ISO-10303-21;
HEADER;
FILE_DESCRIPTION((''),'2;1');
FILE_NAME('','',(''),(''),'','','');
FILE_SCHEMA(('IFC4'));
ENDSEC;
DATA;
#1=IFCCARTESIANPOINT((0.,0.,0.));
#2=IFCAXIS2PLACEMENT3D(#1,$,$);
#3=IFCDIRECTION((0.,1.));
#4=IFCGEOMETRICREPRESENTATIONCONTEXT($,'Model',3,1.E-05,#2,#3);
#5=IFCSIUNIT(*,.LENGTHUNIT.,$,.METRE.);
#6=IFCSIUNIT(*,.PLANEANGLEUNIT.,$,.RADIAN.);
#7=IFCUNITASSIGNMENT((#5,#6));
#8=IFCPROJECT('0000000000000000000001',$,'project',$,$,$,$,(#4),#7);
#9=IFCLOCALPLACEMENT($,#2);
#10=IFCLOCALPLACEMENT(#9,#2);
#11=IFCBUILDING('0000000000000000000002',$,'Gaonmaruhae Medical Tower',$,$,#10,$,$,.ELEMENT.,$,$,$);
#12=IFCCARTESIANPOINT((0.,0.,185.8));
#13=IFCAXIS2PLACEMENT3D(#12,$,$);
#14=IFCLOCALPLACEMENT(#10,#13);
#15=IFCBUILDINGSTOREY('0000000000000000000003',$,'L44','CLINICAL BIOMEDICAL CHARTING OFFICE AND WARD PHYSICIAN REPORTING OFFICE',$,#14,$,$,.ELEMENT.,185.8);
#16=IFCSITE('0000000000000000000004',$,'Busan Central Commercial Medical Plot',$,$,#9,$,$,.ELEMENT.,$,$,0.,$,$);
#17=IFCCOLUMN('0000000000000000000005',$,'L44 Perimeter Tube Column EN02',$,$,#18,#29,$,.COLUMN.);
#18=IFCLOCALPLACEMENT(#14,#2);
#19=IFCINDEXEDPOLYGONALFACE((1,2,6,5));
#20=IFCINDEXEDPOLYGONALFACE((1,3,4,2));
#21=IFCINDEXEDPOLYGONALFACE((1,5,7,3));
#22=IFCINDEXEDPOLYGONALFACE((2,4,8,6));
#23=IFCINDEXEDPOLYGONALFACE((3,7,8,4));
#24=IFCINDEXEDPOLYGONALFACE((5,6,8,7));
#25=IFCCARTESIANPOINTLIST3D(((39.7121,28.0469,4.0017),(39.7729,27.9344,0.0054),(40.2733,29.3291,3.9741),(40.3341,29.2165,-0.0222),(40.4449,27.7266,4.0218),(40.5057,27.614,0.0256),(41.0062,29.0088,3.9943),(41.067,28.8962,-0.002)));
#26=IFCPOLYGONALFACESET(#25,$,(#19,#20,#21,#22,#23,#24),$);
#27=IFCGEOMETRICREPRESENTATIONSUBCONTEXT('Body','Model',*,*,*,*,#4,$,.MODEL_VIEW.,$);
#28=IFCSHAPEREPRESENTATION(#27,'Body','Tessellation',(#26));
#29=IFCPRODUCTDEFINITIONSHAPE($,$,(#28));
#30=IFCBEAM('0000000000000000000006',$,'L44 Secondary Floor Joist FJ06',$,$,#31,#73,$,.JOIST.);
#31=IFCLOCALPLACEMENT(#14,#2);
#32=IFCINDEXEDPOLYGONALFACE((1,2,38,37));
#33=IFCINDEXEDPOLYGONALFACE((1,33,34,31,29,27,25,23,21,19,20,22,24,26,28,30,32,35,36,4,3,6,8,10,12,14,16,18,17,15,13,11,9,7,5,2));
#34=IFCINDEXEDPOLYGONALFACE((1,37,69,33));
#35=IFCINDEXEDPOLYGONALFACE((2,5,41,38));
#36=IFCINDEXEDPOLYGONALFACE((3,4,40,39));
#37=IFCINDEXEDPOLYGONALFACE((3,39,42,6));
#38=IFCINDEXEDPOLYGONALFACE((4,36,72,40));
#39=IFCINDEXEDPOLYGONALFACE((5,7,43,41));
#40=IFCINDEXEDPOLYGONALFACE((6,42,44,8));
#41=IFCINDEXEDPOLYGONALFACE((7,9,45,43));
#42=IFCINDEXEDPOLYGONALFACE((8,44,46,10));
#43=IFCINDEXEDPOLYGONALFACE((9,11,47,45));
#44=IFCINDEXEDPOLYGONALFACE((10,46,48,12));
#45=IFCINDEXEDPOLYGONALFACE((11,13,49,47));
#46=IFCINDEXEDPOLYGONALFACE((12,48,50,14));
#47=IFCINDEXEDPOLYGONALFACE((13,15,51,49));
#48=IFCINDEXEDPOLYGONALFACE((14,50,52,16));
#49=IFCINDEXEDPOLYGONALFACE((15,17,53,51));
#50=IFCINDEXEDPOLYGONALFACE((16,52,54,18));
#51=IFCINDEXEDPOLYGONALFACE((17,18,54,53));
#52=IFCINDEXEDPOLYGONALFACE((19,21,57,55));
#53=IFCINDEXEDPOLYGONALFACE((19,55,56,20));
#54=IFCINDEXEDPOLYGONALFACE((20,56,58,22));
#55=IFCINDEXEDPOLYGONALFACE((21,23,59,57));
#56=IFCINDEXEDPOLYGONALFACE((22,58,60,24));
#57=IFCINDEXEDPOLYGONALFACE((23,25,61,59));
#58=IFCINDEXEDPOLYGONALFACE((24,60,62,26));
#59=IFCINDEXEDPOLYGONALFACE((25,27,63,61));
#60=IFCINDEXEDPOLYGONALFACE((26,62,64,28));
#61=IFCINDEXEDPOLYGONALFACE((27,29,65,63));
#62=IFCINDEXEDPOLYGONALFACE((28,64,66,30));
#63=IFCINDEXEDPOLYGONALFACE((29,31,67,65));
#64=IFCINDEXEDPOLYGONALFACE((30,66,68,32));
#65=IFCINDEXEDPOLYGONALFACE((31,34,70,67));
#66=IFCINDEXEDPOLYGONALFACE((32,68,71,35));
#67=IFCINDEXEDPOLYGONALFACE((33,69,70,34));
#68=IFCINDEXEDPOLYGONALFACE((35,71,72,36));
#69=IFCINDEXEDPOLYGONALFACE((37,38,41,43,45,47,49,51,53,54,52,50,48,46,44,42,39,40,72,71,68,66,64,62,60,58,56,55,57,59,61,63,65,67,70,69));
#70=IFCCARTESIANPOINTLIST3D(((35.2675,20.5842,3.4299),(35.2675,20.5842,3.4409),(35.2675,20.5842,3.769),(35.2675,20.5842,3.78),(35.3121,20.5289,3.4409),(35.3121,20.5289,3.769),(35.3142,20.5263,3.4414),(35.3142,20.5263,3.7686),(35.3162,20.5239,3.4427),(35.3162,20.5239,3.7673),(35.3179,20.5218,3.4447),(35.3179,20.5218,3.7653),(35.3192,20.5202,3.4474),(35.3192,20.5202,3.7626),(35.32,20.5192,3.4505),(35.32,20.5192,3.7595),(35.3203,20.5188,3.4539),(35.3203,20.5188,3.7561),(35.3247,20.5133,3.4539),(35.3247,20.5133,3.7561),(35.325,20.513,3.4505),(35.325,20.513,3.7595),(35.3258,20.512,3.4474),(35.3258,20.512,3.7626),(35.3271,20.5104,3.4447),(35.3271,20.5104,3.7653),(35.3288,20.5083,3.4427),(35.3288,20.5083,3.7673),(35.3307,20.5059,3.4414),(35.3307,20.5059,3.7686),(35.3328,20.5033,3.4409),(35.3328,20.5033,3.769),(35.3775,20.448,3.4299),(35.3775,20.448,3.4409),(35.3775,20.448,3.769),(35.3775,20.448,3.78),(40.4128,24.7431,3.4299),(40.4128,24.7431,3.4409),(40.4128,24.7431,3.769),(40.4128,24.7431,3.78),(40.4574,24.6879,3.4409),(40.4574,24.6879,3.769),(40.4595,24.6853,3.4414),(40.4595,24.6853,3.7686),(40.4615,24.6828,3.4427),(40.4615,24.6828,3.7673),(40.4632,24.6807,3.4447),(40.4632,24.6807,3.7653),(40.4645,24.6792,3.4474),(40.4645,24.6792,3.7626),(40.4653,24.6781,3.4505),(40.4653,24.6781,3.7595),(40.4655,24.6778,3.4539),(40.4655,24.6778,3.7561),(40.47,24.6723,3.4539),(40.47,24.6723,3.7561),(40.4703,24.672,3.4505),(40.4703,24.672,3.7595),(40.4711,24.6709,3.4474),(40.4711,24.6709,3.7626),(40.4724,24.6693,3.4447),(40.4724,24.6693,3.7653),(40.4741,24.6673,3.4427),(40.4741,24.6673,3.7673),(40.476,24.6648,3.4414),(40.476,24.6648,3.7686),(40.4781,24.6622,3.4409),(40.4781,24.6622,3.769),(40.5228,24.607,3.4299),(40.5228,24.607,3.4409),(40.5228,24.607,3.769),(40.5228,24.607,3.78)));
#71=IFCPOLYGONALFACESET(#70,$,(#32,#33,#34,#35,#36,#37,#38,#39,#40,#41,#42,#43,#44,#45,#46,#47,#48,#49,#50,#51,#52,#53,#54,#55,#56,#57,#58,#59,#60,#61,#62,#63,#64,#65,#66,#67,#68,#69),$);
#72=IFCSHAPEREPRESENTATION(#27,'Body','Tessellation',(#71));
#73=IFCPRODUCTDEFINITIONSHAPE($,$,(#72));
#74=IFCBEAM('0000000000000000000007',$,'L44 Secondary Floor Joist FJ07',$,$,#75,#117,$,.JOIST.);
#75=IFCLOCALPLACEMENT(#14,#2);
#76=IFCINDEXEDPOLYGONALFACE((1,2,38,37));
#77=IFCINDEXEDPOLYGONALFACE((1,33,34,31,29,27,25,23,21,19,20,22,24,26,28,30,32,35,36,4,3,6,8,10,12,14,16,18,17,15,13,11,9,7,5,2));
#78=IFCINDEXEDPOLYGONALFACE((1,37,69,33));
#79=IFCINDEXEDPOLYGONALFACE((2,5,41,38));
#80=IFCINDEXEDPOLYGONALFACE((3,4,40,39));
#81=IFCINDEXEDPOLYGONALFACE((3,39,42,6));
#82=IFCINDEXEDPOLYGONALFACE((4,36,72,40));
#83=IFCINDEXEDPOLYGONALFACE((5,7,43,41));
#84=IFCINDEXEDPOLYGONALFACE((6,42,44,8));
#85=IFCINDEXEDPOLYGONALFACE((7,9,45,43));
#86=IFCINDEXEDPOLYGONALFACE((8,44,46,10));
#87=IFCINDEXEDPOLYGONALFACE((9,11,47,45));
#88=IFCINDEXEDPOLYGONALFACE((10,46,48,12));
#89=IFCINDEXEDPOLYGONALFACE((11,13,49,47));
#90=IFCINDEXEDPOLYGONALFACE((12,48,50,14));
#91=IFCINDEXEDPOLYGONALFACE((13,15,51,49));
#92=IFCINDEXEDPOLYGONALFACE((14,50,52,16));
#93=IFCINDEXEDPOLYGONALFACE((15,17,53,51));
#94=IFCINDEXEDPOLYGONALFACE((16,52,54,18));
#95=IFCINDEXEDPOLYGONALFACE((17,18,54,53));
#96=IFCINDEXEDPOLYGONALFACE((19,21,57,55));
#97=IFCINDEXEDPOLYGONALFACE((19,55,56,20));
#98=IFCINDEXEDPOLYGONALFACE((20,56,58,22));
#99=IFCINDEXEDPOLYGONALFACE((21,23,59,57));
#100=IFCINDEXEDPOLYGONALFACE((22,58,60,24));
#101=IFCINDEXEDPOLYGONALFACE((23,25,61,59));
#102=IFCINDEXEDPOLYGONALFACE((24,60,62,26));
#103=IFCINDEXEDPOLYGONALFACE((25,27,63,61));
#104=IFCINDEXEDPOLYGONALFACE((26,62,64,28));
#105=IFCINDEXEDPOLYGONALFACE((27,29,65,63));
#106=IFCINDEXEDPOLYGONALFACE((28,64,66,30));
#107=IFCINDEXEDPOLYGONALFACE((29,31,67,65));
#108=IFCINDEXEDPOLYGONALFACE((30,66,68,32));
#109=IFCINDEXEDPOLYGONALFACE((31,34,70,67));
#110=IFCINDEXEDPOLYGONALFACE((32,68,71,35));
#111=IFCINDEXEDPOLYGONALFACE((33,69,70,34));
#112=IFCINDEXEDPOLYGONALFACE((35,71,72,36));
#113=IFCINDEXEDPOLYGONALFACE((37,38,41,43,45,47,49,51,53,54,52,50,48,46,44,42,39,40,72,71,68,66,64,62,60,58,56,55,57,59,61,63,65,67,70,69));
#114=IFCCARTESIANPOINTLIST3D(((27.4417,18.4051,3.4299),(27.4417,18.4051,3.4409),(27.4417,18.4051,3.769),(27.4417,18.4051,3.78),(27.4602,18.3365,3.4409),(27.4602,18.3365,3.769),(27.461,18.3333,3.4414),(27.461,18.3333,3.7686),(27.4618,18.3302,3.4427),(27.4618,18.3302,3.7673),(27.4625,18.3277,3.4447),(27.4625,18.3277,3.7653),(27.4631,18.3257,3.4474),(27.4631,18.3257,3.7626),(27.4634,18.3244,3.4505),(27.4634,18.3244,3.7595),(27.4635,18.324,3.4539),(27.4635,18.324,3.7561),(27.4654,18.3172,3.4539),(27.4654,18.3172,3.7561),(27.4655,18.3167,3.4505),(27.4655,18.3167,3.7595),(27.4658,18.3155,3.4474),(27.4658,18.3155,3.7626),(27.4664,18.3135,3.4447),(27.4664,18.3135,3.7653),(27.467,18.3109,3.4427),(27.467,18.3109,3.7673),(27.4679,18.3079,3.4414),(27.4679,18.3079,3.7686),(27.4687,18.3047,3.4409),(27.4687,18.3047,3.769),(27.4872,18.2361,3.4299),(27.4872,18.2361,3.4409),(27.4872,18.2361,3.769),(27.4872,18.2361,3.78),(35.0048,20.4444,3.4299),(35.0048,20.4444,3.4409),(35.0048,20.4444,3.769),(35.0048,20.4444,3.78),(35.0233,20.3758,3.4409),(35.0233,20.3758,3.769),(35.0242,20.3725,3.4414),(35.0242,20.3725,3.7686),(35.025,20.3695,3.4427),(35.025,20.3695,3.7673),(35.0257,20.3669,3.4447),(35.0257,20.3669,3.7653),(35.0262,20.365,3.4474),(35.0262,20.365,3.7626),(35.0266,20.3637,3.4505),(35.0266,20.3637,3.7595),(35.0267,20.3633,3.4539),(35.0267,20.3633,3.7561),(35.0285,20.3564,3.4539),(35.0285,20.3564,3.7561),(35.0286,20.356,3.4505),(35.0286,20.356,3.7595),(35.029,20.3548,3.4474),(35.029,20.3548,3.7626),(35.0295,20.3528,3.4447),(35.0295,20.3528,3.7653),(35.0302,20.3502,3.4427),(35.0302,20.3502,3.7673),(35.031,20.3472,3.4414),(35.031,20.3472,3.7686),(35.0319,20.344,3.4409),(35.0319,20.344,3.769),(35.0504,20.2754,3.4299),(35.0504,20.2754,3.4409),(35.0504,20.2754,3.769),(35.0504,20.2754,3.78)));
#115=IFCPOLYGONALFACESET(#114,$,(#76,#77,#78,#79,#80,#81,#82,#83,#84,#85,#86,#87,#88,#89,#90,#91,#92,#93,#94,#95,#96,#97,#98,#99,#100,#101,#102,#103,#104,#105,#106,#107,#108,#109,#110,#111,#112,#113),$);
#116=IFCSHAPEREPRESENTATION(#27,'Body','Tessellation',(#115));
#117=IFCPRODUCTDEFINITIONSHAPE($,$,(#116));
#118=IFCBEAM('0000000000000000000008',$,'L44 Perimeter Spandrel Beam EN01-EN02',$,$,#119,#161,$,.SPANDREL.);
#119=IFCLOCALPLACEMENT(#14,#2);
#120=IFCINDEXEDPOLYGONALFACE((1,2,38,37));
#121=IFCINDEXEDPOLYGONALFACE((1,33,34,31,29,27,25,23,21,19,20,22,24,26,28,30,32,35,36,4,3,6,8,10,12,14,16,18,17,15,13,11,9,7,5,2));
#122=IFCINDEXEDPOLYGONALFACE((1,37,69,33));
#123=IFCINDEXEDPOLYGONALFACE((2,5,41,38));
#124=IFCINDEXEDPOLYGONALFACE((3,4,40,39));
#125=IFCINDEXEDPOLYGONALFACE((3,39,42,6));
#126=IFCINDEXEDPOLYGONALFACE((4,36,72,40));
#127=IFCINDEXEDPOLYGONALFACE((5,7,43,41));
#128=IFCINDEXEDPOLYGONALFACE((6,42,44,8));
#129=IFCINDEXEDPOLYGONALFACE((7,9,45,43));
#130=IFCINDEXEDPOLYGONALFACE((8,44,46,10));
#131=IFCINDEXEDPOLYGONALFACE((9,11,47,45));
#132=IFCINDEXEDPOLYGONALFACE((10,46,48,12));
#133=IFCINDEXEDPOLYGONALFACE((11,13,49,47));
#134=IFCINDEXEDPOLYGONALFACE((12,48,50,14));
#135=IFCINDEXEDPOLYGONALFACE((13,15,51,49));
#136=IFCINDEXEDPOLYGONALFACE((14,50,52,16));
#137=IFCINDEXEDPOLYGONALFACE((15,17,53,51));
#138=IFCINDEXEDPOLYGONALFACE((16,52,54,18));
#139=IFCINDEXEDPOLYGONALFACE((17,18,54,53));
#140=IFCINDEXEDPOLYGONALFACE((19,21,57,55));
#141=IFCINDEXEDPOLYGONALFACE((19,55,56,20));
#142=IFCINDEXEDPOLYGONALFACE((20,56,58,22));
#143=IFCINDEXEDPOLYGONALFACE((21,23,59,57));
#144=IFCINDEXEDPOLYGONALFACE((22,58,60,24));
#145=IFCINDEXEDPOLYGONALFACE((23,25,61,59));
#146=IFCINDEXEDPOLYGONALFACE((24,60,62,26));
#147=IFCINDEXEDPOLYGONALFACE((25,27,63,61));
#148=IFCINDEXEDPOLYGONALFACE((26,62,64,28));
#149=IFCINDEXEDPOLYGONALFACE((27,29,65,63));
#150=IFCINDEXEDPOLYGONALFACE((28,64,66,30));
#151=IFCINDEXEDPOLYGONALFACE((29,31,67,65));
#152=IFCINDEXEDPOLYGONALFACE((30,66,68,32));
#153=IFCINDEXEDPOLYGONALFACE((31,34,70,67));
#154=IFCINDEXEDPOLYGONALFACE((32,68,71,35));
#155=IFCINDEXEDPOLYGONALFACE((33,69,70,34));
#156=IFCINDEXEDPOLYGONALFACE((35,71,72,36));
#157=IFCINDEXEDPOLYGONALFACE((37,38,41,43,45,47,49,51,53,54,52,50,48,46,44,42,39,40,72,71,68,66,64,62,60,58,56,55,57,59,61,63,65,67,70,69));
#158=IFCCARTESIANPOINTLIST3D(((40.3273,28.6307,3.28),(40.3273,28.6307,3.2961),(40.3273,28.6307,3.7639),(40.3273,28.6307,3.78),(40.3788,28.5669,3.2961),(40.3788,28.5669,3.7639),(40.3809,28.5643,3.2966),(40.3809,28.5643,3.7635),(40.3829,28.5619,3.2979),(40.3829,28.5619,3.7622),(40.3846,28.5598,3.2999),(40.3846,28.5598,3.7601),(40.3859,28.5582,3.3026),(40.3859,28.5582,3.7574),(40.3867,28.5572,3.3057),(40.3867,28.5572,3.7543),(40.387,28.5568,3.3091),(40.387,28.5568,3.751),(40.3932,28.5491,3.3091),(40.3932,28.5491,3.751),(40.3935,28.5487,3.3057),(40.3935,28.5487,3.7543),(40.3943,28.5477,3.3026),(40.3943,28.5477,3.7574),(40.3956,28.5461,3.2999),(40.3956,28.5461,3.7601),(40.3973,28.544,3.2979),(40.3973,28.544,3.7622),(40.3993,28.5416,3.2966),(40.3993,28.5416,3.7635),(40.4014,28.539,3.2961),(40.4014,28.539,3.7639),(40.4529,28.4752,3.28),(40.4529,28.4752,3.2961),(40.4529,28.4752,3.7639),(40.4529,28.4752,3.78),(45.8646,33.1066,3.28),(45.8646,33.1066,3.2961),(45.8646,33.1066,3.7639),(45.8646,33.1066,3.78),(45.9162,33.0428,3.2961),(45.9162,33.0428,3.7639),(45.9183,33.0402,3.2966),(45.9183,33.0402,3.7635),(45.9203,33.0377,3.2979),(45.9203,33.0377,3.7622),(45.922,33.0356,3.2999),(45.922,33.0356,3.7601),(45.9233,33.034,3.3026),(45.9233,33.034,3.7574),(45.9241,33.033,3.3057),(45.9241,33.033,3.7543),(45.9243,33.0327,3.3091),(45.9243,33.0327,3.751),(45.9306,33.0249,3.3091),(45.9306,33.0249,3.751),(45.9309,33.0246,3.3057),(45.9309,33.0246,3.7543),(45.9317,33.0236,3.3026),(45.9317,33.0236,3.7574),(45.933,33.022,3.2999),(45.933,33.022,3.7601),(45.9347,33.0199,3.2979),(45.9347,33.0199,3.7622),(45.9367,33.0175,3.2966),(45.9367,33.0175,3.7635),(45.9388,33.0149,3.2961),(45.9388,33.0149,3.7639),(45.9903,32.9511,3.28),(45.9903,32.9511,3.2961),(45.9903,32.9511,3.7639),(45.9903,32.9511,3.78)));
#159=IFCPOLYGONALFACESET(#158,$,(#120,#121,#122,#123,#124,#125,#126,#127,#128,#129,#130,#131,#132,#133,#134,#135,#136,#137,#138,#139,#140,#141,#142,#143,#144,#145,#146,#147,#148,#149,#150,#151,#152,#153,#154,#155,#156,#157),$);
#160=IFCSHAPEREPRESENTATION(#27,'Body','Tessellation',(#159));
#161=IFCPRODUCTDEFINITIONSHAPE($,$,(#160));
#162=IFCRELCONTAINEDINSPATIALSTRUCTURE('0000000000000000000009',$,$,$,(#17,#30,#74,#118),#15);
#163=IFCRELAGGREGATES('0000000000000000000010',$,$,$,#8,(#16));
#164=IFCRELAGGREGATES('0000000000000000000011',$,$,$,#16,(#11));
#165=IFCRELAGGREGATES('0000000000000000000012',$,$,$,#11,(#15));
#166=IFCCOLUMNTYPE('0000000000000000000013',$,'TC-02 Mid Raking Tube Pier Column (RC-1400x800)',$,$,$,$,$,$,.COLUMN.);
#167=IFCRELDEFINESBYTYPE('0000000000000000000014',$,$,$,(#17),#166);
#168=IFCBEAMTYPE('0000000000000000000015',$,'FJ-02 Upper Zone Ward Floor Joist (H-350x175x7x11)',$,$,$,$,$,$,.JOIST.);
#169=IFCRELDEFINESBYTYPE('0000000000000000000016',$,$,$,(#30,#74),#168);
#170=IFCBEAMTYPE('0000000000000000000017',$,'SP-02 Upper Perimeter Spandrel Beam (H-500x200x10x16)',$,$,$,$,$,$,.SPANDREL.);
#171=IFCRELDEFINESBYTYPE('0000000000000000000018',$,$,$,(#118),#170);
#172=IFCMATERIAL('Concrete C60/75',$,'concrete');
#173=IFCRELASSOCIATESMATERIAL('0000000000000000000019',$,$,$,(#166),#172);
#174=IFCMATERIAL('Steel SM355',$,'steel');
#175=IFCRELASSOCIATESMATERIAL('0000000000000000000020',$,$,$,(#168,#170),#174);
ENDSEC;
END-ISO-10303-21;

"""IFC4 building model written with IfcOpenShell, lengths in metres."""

from ifc_helpers import new_model, si_unit, direction, frame, origin, origin_2d, place, context, subcontext, project, spatial, rectangle, i_section, extrude, material, material_profile, profile_set, type_object, element, save


model = new_model("IFC4")

# Units and contexts
model_context = context("Model", 3, precision=1e-05, world=origin(), true_north=direction((0.0, 1.0)))
body_context = subcontext(model_context, "Body", "Model", "MODEL_VIEW")
ifc_project = project(units=[si_unit("LENGTHUNIT", "METRE"), si_unit("PLANEANGLEUNIT", "RADIAN")], contexts=[model_context])

# Site, building, storey
site_placement = place(None, origin())
site = spatial("IfcSite", under=ifc_project, at=site_placement, Name="Busan Central Commercial Medical Plot", CompositionType="ELEMENT", RefElevation=0.0)
building_placement = place(site_placement, origin())
building = spatial("IfcBuilding", under=site, at=building_placement, Name="Gaonmaruhae Medical Tower", CompositionType="ELEMENT")
storey_placement = place(building_placement, frame((0.0, 0.0, 185.8)))
storey = spatial("IfcBuildingStorey", under=building, at=storey_placement, Name="L44", Description="CLINICAL BIOMEDICAL CHARTING OFFICE AND WARD PHYSICIAN REPORTING OFFICE", CompositionType="ELEMENT", Elevation=185.8)

# Column
ifc_material_1 = material(Name="Concrete C60/75", Category="concrete")
ifc_material_profile_1 = material_profile(ifc_material_1, rectangle(XDim=1.3999, YDim=0.8, at=origin_2d()), Name="RC-1400x800")
ifc_profile_set_1 = profile_set([ifc_material_profile_1], Name="Concrete C60/75")
column_type = type_object("IfcColumnType", Name="TC-02 Mid Raking Tube Pier Column (RC-1400x800)", PredefinedType="COLUMN", material=ifc_profile_set_1)
column_placement = place(storey_placement, frame((40.4199, 28.4153, 0.0017), z_axis=(-0.015204, 0.028149, 0.999488), x_axis=(-0.400901, -0.915909, 0.019696)))
element("IfcColumn", 1, at=column_placement, inside=storey, type_object=column_type, Name="L44 Perimeter Tube Column EN02", PredefinedType="COLUMN", context=body_context, shape_type="SweptSolid", body=[
    extrude(rectangle(XDim=1.3999, YDim=0.8, at=origin_2d()), origin(), (0.0, 0.0, 1.0), 3.9983),
])

# Beams
ifc_material_2 = material(Name="Steel SM355", Category="steel")
ifc_material_profile_2 = material_profile(ifc_material_2, i_section(OverallWidth=0.175, OverallDepth=0.3501, WebThickness=0.0071, FlangeThickness=0.011, FilletRadius=0.0129, at=origin_2d()), Name="H-350x175x7x11")
ifc_profile_set_2 = profile_set([ifc_material_profile_2], Name="Steel SM355")
beam_type_1 = type_object("IfcBeamType", Name="FJ-02 Upper Zone Ward Floor Joist (H-350x175x7x11)", PredefinedType="JOIST", material=ifc_profile_set_2)
beam_1_placement = place(storey_placement, frame((40.4678, 24.675, 3.605), z_axis=(-0.777709, -0.628625, 0.0), x_axis=(0.628625, -0.777709, 0.0)))
element("IfcBeam", 2, at=beam_1_placement, inside=storey, type_object=beam_type_1, Name="L44 Secondary Floor Joist FJ06", PredefinedType="JOIST", context=body_context, shape_type="SweptSolid", body=[
    extrude(i_section(OverallWidth=0.175, OverallDepth=0.3501, WebThickness=0.0071, FlangeThickness=0.011, FilletRadius=0.0129, at=origin_2d()), origin(), (0.0, 0.0, 1.0), 6.616),
])
beam_2_placement = place(storey_placement, frame((35.0276, 20.3599, 3.605), z_axis=(-0.965518, -0.260337, 0.0), x_axis=(0.260337, -0.965518, 0.0)))
element("IfcBeam", 3, at=beam_2_placement, inside=storey, type_object=beam_type_1, Name="L44 Secondary Floor Joist FJ07", PredefinedType="JOIST", context=body_context, shape_type="SweptSolid", body=[
    extrude(i_section(OverallWidth=0.175, OverallDepth=0.3501, WebThickness=0.0071, FlangeThickness=0.011, FilletRadius=0.0129, at=origin_2d()), origin(), (0.0, 0.0, 1.0), 7.8333),
])
ifc_material_profile_3 = material_profile(ifc_material_2, i_section(OverallWidth=0.2, OverallDepth=0.5, WebThickness=0.01, FlangeThickness=0.0161, FilletRadius=0.0129, at=origin_2d()), Name="H-500x200x10x16")
ifc_profile_set_3 = profile_set([ifc_material_profile_3], Name="Steel SM355")
beam_type_2 = type_object("IfcBeamType", Name="SP-02 Upper Perimeter Spandrel Beam (H-500x200x10x16)", PredefinedType="SPANDREL", material=ifc_profile_set_3)
for number, where, z_axis, x_axis, name in (
    (4, (45.9275, 33.0288, 3.53), (-0.777711, -0.628622, 0.0), (0.628622, -0.777711, 0.0), "L44 Perimeter Spandrel Beam EN01-EN02"),
):
    element("IfcBeam", number, at=place(storey_placement, frame(where, z_axis=z_axis, x_axis=x_axis)), inside=storey, type_object=beam_type_2, Name=name, PredefinedType="SPANDREL", context=body_context, shape_type="SweptSolid", body=[
        extrude(i_section(OverallWidth=0.2, OverallDepth=0.5, WebThickness=0.01, FlangeThickness=0.0161, FilletRadius=0.0129, at=origin_2d()), origin(), (0.0, 0.0, 1.0), 7.1201),
    ])

save(model, "model.ifc")
